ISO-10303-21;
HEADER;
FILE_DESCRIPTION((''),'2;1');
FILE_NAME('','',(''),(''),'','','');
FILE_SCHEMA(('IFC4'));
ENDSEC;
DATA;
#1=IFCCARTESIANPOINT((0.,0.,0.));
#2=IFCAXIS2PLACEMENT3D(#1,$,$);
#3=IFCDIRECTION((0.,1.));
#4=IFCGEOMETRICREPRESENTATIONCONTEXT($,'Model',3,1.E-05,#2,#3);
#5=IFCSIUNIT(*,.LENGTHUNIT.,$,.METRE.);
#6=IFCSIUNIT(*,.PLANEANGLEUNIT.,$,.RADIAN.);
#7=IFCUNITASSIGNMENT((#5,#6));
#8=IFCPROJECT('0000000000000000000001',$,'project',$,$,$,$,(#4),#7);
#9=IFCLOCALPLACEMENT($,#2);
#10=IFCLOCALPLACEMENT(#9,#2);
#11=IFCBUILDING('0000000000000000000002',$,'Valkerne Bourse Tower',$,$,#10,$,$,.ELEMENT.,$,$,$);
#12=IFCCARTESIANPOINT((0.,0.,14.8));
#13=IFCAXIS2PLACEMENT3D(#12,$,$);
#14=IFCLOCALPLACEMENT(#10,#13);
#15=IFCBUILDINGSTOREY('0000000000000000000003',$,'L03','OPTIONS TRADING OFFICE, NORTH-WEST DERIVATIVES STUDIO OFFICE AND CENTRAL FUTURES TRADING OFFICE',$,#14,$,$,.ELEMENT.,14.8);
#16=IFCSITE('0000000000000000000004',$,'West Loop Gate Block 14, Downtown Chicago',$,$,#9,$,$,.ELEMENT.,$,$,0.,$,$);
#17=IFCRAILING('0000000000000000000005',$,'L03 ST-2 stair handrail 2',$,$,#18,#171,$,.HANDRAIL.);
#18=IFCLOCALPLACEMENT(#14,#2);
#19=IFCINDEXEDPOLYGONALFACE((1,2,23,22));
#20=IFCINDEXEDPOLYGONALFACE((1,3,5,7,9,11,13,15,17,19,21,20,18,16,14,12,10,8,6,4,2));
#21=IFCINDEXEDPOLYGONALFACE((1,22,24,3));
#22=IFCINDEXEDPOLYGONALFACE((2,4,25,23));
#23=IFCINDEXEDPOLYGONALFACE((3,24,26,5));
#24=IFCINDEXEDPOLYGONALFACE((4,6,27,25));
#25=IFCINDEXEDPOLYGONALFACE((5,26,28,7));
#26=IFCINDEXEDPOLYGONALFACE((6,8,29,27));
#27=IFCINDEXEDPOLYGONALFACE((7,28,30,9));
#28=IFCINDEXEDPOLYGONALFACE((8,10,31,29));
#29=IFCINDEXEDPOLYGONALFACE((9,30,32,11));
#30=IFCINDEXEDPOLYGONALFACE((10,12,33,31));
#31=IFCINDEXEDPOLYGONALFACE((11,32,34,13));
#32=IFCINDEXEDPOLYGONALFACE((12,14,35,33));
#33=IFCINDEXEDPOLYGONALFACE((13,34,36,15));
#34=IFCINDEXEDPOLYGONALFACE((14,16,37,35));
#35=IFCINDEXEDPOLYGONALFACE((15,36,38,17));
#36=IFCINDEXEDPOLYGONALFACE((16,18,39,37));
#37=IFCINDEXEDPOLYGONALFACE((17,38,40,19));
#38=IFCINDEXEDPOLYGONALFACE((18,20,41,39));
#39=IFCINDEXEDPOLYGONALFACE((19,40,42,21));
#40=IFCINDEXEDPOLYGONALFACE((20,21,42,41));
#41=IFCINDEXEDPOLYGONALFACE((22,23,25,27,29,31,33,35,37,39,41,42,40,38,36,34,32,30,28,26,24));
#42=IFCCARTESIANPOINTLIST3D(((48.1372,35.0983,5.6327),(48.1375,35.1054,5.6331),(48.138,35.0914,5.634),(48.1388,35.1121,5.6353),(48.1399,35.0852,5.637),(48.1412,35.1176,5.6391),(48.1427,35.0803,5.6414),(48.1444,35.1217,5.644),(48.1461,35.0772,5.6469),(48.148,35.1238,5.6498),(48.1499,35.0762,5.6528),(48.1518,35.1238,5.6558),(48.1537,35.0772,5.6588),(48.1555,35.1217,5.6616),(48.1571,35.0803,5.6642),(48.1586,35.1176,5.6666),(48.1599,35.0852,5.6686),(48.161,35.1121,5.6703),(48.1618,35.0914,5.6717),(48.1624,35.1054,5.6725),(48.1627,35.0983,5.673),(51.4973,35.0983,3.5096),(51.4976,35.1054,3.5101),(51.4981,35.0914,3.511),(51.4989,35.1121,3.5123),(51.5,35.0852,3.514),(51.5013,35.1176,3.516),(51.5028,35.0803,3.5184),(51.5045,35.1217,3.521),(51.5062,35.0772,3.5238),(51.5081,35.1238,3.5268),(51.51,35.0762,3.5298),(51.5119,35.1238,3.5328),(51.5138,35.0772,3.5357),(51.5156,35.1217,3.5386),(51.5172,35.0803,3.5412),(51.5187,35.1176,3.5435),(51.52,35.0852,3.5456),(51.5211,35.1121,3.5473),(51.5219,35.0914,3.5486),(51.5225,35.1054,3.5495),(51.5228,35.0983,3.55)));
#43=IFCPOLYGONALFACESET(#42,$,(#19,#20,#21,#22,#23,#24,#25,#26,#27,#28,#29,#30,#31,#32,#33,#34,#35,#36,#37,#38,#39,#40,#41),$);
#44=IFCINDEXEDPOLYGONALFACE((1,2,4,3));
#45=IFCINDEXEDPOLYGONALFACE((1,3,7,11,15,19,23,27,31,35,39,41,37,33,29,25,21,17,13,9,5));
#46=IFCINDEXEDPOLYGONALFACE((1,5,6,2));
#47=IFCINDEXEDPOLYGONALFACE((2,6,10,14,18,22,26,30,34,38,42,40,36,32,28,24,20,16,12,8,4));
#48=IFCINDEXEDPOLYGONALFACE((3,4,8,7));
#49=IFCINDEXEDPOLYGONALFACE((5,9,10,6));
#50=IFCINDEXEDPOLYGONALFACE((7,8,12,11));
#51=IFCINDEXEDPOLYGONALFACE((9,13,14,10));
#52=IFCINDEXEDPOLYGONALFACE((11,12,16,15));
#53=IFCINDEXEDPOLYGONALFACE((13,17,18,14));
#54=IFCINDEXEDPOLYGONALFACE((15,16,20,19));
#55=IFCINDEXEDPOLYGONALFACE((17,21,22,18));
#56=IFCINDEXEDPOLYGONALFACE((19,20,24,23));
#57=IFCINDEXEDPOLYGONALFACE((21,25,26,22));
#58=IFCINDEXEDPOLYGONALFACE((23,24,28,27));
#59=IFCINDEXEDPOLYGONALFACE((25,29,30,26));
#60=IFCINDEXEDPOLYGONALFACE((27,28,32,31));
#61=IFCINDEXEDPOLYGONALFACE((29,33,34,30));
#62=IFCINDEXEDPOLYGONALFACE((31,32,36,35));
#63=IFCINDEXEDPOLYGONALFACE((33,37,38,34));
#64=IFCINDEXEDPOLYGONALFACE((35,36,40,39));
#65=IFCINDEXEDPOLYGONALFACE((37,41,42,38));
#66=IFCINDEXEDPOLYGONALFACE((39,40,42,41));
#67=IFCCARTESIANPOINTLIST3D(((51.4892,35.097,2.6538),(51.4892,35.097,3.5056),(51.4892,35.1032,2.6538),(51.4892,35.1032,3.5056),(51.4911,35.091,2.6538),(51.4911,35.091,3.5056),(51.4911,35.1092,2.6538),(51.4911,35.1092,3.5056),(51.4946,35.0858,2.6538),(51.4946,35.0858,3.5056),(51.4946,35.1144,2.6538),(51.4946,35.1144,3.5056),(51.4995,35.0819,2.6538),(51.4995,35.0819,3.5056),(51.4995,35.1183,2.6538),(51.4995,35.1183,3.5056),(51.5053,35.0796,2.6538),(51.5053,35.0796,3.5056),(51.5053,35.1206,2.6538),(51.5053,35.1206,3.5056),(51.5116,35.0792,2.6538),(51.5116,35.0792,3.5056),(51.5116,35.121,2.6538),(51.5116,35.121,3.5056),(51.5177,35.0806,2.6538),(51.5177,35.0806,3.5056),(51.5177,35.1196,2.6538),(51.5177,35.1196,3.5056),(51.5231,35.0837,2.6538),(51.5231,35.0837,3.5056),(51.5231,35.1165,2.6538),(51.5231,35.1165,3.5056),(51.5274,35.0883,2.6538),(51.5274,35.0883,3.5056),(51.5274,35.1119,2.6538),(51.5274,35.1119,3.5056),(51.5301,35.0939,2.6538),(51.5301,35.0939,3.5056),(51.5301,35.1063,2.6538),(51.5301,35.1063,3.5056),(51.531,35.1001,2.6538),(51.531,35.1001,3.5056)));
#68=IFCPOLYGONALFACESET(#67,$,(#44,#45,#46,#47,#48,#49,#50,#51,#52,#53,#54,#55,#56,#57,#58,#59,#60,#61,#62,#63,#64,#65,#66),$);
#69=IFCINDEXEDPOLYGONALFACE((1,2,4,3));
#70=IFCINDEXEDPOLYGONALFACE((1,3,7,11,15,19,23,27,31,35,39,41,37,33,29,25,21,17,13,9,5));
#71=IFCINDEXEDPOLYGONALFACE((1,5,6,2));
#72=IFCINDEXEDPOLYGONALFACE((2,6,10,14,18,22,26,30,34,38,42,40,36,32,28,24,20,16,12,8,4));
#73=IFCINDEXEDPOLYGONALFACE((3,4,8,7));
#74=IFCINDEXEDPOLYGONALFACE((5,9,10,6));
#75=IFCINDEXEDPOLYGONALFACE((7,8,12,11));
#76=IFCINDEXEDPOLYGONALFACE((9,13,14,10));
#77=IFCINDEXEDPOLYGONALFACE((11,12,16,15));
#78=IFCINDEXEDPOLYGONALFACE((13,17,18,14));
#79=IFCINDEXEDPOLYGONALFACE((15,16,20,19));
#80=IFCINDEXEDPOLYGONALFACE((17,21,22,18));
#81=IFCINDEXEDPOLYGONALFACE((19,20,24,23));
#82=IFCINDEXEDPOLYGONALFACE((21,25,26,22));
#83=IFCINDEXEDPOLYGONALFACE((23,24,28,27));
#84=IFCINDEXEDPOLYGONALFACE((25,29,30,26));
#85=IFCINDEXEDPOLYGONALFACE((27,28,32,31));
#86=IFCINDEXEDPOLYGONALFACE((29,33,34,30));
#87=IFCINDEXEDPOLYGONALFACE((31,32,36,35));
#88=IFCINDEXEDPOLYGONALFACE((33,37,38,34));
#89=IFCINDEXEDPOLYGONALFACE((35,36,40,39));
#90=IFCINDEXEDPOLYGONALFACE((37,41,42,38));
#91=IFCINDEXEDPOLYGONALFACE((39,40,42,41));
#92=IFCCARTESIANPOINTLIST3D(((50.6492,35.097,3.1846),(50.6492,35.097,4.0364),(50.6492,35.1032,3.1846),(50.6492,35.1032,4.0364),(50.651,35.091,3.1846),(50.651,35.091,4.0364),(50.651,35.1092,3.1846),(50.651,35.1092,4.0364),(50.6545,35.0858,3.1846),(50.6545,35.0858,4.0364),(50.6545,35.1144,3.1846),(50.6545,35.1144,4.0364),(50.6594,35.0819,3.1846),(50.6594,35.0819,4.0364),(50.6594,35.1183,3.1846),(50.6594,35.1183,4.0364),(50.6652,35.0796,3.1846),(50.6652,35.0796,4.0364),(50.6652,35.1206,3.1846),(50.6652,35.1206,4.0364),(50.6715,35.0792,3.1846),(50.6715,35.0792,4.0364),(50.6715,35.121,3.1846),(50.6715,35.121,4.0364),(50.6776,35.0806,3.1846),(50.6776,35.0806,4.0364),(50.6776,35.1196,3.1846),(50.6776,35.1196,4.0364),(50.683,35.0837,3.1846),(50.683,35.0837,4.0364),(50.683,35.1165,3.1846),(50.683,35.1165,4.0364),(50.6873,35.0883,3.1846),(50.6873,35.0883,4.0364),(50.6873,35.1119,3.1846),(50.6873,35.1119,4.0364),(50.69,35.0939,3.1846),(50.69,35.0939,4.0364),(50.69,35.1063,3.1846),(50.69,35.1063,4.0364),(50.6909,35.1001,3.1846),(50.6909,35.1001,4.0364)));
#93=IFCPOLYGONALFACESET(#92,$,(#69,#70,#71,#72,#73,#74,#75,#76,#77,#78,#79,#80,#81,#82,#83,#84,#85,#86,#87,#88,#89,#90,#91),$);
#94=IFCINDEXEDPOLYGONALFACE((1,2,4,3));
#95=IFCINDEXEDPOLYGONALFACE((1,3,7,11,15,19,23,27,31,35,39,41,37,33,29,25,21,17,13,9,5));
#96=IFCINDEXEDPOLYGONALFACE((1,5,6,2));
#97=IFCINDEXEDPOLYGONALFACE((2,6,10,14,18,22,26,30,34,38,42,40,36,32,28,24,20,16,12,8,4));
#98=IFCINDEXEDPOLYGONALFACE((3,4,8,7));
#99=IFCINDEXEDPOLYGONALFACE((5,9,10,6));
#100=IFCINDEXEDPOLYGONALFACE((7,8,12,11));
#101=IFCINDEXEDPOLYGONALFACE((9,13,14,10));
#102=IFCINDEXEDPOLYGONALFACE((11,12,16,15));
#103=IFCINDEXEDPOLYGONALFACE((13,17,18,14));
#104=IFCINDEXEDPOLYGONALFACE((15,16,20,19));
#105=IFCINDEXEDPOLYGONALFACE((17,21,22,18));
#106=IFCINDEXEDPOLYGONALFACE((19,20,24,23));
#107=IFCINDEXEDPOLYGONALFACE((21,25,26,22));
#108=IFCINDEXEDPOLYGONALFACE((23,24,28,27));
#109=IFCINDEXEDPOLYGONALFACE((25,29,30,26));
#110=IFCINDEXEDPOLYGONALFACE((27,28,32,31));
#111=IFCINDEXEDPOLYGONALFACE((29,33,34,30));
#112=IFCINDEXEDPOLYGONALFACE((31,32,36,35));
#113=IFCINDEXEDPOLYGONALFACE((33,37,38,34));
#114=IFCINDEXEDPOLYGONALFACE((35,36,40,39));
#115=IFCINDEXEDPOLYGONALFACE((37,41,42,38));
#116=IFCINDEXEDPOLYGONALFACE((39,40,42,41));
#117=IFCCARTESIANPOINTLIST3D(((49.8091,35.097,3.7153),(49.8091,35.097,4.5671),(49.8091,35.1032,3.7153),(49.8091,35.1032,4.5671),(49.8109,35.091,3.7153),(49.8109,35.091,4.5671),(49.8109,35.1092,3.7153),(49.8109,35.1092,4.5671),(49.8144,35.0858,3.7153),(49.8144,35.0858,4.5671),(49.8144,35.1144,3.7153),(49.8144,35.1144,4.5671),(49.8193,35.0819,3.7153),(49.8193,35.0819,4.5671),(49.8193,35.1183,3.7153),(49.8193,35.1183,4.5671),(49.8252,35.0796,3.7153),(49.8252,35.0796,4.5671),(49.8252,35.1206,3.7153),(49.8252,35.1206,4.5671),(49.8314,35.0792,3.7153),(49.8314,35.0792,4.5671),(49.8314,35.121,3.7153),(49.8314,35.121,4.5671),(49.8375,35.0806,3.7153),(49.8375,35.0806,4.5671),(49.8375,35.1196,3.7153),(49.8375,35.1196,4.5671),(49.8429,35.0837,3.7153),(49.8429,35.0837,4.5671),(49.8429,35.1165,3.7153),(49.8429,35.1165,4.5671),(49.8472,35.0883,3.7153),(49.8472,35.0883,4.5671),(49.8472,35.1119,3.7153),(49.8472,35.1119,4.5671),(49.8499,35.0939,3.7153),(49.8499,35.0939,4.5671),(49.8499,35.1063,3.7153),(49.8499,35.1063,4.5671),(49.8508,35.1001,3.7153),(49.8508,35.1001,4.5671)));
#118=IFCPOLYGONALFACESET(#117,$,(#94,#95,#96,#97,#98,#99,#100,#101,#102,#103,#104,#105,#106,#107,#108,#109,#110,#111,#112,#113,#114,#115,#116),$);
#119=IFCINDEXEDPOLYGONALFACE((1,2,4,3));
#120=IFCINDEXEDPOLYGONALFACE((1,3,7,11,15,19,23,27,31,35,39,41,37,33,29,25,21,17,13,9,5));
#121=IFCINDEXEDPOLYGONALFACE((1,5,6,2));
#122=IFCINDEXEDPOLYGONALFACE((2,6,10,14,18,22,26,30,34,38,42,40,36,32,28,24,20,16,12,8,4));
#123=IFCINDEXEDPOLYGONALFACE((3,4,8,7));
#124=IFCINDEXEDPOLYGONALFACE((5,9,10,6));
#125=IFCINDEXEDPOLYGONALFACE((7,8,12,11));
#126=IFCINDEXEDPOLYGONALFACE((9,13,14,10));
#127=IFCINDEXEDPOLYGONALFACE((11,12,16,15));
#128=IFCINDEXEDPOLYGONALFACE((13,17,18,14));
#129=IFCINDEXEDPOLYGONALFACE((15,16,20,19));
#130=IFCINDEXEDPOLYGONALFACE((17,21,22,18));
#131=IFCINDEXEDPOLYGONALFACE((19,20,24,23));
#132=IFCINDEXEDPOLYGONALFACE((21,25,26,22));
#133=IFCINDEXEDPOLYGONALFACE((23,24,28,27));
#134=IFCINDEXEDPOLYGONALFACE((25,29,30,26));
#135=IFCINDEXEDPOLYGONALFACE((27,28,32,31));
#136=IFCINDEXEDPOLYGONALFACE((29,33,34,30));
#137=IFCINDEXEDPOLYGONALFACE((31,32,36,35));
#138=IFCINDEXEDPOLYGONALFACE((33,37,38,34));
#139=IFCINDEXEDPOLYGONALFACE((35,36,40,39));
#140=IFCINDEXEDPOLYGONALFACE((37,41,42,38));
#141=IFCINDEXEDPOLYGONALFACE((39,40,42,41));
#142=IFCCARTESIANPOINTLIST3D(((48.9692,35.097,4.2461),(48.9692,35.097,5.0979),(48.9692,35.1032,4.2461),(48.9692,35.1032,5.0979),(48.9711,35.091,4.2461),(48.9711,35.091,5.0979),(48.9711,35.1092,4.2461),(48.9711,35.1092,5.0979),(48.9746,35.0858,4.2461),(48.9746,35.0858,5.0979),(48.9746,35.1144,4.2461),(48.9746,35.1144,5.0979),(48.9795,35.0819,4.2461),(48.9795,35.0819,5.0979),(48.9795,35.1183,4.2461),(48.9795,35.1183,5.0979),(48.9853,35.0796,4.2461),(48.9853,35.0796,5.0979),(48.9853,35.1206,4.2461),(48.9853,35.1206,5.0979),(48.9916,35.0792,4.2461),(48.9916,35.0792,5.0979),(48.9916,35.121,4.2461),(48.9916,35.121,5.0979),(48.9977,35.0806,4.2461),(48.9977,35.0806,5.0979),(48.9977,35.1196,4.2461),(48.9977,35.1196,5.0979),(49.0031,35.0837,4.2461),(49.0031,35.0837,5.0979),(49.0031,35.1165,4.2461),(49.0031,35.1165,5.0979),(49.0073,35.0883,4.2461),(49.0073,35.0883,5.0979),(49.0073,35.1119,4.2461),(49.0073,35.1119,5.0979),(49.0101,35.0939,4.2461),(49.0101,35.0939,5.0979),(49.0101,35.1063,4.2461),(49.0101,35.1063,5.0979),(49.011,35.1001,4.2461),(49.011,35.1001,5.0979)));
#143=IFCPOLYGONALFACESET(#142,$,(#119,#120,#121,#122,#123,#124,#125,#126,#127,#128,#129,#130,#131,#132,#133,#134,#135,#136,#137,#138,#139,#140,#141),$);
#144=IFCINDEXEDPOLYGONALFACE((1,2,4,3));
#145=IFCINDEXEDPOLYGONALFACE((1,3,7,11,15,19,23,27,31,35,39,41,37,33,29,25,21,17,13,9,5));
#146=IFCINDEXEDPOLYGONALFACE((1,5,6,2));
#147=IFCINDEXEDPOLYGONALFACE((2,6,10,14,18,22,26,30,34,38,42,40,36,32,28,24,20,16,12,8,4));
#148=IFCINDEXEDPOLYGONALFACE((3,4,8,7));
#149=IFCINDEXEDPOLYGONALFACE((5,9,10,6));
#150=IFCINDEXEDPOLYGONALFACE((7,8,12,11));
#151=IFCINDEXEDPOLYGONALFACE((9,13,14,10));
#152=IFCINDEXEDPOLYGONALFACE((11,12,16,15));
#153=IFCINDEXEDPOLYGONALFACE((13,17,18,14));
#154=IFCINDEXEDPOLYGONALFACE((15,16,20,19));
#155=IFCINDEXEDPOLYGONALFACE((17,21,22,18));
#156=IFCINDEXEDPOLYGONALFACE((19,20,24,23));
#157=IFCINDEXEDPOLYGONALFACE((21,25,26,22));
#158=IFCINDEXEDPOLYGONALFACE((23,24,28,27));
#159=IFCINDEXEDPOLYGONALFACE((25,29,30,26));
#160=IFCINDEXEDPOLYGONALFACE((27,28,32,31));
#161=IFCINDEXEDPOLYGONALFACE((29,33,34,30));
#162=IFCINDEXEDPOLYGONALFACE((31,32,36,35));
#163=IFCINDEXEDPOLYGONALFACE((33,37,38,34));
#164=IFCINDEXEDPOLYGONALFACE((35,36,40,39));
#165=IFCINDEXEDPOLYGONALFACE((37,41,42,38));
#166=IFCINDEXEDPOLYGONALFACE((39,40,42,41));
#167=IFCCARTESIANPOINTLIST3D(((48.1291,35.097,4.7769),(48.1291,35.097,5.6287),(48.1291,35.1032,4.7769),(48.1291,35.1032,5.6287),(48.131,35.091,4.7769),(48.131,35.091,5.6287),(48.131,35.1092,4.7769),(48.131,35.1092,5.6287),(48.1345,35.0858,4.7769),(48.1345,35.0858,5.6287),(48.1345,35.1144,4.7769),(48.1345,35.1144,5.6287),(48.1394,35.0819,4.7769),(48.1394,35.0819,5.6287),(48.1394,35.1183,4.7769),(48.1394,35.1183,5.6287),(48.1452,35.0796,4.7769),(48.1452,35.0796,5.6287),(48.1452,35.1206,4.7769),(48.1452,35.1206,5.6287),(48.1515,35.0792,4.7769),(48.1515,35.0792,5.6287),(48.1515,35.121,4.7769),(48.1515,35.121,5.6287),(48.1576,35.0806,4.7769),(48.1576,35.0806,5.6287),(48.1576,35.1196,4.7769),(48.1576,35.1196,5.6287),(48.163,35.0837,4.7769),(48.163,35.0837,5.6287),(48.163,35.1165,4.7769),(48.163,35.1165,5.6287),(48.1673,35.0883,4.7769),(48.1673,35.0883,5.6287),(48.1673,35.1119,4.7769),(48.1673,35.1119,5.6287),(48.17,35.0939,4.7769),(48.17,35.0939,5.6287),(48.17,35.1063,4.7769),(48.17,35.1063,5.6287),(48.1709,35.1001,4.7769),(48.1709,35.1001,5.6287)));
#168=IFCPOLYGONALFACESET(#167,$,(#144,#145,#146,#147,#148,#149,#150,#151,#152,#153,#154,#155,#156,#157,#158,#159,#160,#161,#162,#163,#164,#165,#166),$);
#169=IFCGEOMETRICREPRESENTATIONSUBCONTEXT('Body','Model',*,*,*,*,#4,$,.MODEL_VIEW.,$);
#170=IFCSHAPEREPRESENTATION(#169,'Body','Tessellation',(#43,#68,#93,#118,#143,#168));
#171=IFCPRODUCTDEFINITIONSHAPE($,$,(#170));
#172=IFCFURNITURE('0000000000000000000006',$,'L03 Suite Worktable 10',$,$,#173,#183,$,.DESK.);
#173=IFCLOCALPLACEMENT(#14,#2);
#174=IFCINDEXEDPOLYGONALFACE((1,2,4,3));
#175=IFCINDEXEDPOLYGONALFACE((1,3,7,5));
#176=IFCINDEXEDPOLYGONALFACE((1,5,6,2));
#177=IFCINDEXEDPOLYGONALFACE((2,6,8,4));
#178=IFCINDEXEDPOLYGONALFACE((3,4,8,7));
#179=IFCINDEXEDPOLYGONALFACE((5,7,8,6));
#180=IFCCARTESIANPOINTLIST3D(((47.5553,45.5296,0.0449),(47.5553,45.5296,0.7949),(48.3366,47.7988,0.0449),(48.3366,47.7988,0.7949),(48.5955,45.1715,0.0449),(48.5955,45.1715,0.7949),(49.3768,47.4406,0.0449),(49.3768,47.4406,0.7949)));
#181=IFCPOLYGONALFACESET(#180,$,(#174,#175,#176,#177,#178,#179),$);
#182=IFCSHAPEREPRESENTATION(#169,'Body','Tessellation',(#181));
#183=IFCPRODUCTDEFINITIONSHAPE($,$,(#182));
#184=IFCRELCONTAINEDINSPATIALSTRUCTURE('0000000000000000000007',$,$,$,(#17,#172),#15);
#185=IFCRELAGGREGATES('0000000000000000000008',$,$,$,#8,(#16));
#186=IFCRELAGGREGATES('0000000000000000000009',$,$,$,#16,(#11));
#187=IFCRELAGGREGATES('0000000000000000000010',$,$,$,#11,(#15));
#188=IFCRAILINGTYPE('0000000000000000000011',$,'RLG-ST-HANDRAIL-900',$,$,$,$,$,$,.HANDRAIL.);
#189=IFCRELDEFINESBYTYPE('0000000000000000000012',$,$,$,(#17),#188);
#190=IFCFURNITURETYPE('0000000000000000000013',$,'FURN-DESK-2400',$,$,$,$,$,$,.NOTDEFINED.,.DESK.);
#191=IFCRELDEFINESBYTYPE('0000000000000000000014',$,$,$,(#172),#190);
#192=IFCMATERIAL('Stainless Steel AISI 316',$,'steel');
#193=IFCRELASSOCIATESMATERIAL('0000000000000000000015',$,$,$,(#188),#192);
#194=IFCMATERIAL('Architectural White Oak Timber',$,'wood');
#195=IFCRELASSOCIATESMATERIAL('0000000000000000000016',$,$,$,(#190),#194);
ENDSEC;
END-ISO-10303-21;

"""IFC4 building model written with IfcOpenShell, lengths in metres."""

from ifc_helpers import new_model, si_unit, direction, frame, origin, origin_2d, place, context, subcontext, project, spatial, rectangle, circle, extrude, material, type_object, element, save


model = new_model("IFC4")

# Units and contexts
model_context = context("Model", 3, precision=1e-05, world=origin(), true_north=direction((0.0, 1.0)))
body_context = subcontext(model_context, "Body", "Model", "MODEL_VIEW")
ifc_project = project(units=[si_unit("LENGTHUNIT", "METRE"), si_unit("PLANEANGLEUNIT", "RADIAN")], contexts=[model_context])

# Site, building, storey
site_placement = place(None, origin())
site = spatial("IfcSite", under=ifc_project, at=site_placement, Name="West Loop Gate Block 14, Downtown Chicago", CompositionType="ELEMENT", RefElevation=0.0)
building_placement = place(site_placement, origin())
building = spatial("IfcBuilding", under=site, at=building_placement, Name="Valkerne Bourse Tower", CompositionType="ELEMENT")
storey_placement = place(building_placement, frame((0.0, 0.0, 14.8)))
storey = spatial("IfcBuildingStorey", under=building, at=storey_placement, Name="L03", Description="OPTIONS TRADING OFFICE, NORTH-WEST DERIVATIVES STUDIO OFFICE AND CENTRAL FUTURES TRADING OFFICE", CompositionType="ELEMENT", Elevation=14.8)

# Railing
ifc_material_1 = material(Name="Stainless Steel AISI 316", Category="steel")
railing_type_1 = type_object("IfcRailingType", Name="RLG-ST-HANDRAIL-900", PredefinedType="HANDRAIL", material=ifc_material_1)
railing_1_placement = place(storey_placement, frame((51.51, 35.1001, 2.6538)))
element("IfcRailing", 1, at=railing_1_placement, inside=storey, type_object=railing_type_1, Name="L03 ST-2 stair handrail 2", PredefinedType="HANDRAIL", context=body_context, shape_type="SweptSolid", body=[
    extrude(circle(Radius=0.0239, at=origin_2d()), frame((0.0, 0.0, 0.876), z_axis=(-0.84539, 0.0, 0.53415), x_axis=(0.0, -1.0, 0.0)), (0.0, 0.0, 1.0), 3.9746),
    extrude(circle(Radius=0.021, at=origin_2d()), origin(), (0.0, 0.0, 1.0), 0.8518),
    extrude(circle(Radius=0.021, at=origin_2d()), frame((-0.8401, 0.0, 0.5308)), (0.0, 0.0, 1.0), 0.8518),
    extrude(circle(Radius=0.021, at=origin_2d()), frame((-1.6802, 0.0, 1.0615)), (0.0, 0.0, 1.0), 0.8518),
    extrude(circle(Radius=0.021, at=origin_2d()), frame((-2.52, 0.0, 1.5923)), (0.0, 0.0, 1.0), 0.8518),
    extrude(circle(Radius=0.021, at=origin_2d()), frame((-3.3601, 0.0, 2.123)), (0.0, 0.0, 1.0), 0.8518),
])

# Furniture
ifc_material_2 = material(Name="Architectural White Oak Timber", Category="wood")
furniture_type = type_object("IfcFurnitureType", Name="FURN-DESK-2400", AssemblyPlace="NOTDEFINED", PredefinedType="DESK", material=ifc_material_2)
furniture_placement = place(storey_placement, frame((48.4661, 46.4851, 0.0449), z_axis=(0.0, 0.0, 1.0), x_axis=(0.325568, 0.945519, 0.0)))
element("IfcFurniture", 2, at=furniture_placement, inside=storey, type_object=furniture_type, Name="L03 Suite Worktable 10", PredefinedType="DESK", context=body_context, shape_type="SweptSolid", body=[
    extrude(rectangle(XDim=2.3999, YDim=1.1001, at=origin_2d()), origin(), (0.0, 0.0, 1.0), 0.75),
])

save(model, "model.ifc")
